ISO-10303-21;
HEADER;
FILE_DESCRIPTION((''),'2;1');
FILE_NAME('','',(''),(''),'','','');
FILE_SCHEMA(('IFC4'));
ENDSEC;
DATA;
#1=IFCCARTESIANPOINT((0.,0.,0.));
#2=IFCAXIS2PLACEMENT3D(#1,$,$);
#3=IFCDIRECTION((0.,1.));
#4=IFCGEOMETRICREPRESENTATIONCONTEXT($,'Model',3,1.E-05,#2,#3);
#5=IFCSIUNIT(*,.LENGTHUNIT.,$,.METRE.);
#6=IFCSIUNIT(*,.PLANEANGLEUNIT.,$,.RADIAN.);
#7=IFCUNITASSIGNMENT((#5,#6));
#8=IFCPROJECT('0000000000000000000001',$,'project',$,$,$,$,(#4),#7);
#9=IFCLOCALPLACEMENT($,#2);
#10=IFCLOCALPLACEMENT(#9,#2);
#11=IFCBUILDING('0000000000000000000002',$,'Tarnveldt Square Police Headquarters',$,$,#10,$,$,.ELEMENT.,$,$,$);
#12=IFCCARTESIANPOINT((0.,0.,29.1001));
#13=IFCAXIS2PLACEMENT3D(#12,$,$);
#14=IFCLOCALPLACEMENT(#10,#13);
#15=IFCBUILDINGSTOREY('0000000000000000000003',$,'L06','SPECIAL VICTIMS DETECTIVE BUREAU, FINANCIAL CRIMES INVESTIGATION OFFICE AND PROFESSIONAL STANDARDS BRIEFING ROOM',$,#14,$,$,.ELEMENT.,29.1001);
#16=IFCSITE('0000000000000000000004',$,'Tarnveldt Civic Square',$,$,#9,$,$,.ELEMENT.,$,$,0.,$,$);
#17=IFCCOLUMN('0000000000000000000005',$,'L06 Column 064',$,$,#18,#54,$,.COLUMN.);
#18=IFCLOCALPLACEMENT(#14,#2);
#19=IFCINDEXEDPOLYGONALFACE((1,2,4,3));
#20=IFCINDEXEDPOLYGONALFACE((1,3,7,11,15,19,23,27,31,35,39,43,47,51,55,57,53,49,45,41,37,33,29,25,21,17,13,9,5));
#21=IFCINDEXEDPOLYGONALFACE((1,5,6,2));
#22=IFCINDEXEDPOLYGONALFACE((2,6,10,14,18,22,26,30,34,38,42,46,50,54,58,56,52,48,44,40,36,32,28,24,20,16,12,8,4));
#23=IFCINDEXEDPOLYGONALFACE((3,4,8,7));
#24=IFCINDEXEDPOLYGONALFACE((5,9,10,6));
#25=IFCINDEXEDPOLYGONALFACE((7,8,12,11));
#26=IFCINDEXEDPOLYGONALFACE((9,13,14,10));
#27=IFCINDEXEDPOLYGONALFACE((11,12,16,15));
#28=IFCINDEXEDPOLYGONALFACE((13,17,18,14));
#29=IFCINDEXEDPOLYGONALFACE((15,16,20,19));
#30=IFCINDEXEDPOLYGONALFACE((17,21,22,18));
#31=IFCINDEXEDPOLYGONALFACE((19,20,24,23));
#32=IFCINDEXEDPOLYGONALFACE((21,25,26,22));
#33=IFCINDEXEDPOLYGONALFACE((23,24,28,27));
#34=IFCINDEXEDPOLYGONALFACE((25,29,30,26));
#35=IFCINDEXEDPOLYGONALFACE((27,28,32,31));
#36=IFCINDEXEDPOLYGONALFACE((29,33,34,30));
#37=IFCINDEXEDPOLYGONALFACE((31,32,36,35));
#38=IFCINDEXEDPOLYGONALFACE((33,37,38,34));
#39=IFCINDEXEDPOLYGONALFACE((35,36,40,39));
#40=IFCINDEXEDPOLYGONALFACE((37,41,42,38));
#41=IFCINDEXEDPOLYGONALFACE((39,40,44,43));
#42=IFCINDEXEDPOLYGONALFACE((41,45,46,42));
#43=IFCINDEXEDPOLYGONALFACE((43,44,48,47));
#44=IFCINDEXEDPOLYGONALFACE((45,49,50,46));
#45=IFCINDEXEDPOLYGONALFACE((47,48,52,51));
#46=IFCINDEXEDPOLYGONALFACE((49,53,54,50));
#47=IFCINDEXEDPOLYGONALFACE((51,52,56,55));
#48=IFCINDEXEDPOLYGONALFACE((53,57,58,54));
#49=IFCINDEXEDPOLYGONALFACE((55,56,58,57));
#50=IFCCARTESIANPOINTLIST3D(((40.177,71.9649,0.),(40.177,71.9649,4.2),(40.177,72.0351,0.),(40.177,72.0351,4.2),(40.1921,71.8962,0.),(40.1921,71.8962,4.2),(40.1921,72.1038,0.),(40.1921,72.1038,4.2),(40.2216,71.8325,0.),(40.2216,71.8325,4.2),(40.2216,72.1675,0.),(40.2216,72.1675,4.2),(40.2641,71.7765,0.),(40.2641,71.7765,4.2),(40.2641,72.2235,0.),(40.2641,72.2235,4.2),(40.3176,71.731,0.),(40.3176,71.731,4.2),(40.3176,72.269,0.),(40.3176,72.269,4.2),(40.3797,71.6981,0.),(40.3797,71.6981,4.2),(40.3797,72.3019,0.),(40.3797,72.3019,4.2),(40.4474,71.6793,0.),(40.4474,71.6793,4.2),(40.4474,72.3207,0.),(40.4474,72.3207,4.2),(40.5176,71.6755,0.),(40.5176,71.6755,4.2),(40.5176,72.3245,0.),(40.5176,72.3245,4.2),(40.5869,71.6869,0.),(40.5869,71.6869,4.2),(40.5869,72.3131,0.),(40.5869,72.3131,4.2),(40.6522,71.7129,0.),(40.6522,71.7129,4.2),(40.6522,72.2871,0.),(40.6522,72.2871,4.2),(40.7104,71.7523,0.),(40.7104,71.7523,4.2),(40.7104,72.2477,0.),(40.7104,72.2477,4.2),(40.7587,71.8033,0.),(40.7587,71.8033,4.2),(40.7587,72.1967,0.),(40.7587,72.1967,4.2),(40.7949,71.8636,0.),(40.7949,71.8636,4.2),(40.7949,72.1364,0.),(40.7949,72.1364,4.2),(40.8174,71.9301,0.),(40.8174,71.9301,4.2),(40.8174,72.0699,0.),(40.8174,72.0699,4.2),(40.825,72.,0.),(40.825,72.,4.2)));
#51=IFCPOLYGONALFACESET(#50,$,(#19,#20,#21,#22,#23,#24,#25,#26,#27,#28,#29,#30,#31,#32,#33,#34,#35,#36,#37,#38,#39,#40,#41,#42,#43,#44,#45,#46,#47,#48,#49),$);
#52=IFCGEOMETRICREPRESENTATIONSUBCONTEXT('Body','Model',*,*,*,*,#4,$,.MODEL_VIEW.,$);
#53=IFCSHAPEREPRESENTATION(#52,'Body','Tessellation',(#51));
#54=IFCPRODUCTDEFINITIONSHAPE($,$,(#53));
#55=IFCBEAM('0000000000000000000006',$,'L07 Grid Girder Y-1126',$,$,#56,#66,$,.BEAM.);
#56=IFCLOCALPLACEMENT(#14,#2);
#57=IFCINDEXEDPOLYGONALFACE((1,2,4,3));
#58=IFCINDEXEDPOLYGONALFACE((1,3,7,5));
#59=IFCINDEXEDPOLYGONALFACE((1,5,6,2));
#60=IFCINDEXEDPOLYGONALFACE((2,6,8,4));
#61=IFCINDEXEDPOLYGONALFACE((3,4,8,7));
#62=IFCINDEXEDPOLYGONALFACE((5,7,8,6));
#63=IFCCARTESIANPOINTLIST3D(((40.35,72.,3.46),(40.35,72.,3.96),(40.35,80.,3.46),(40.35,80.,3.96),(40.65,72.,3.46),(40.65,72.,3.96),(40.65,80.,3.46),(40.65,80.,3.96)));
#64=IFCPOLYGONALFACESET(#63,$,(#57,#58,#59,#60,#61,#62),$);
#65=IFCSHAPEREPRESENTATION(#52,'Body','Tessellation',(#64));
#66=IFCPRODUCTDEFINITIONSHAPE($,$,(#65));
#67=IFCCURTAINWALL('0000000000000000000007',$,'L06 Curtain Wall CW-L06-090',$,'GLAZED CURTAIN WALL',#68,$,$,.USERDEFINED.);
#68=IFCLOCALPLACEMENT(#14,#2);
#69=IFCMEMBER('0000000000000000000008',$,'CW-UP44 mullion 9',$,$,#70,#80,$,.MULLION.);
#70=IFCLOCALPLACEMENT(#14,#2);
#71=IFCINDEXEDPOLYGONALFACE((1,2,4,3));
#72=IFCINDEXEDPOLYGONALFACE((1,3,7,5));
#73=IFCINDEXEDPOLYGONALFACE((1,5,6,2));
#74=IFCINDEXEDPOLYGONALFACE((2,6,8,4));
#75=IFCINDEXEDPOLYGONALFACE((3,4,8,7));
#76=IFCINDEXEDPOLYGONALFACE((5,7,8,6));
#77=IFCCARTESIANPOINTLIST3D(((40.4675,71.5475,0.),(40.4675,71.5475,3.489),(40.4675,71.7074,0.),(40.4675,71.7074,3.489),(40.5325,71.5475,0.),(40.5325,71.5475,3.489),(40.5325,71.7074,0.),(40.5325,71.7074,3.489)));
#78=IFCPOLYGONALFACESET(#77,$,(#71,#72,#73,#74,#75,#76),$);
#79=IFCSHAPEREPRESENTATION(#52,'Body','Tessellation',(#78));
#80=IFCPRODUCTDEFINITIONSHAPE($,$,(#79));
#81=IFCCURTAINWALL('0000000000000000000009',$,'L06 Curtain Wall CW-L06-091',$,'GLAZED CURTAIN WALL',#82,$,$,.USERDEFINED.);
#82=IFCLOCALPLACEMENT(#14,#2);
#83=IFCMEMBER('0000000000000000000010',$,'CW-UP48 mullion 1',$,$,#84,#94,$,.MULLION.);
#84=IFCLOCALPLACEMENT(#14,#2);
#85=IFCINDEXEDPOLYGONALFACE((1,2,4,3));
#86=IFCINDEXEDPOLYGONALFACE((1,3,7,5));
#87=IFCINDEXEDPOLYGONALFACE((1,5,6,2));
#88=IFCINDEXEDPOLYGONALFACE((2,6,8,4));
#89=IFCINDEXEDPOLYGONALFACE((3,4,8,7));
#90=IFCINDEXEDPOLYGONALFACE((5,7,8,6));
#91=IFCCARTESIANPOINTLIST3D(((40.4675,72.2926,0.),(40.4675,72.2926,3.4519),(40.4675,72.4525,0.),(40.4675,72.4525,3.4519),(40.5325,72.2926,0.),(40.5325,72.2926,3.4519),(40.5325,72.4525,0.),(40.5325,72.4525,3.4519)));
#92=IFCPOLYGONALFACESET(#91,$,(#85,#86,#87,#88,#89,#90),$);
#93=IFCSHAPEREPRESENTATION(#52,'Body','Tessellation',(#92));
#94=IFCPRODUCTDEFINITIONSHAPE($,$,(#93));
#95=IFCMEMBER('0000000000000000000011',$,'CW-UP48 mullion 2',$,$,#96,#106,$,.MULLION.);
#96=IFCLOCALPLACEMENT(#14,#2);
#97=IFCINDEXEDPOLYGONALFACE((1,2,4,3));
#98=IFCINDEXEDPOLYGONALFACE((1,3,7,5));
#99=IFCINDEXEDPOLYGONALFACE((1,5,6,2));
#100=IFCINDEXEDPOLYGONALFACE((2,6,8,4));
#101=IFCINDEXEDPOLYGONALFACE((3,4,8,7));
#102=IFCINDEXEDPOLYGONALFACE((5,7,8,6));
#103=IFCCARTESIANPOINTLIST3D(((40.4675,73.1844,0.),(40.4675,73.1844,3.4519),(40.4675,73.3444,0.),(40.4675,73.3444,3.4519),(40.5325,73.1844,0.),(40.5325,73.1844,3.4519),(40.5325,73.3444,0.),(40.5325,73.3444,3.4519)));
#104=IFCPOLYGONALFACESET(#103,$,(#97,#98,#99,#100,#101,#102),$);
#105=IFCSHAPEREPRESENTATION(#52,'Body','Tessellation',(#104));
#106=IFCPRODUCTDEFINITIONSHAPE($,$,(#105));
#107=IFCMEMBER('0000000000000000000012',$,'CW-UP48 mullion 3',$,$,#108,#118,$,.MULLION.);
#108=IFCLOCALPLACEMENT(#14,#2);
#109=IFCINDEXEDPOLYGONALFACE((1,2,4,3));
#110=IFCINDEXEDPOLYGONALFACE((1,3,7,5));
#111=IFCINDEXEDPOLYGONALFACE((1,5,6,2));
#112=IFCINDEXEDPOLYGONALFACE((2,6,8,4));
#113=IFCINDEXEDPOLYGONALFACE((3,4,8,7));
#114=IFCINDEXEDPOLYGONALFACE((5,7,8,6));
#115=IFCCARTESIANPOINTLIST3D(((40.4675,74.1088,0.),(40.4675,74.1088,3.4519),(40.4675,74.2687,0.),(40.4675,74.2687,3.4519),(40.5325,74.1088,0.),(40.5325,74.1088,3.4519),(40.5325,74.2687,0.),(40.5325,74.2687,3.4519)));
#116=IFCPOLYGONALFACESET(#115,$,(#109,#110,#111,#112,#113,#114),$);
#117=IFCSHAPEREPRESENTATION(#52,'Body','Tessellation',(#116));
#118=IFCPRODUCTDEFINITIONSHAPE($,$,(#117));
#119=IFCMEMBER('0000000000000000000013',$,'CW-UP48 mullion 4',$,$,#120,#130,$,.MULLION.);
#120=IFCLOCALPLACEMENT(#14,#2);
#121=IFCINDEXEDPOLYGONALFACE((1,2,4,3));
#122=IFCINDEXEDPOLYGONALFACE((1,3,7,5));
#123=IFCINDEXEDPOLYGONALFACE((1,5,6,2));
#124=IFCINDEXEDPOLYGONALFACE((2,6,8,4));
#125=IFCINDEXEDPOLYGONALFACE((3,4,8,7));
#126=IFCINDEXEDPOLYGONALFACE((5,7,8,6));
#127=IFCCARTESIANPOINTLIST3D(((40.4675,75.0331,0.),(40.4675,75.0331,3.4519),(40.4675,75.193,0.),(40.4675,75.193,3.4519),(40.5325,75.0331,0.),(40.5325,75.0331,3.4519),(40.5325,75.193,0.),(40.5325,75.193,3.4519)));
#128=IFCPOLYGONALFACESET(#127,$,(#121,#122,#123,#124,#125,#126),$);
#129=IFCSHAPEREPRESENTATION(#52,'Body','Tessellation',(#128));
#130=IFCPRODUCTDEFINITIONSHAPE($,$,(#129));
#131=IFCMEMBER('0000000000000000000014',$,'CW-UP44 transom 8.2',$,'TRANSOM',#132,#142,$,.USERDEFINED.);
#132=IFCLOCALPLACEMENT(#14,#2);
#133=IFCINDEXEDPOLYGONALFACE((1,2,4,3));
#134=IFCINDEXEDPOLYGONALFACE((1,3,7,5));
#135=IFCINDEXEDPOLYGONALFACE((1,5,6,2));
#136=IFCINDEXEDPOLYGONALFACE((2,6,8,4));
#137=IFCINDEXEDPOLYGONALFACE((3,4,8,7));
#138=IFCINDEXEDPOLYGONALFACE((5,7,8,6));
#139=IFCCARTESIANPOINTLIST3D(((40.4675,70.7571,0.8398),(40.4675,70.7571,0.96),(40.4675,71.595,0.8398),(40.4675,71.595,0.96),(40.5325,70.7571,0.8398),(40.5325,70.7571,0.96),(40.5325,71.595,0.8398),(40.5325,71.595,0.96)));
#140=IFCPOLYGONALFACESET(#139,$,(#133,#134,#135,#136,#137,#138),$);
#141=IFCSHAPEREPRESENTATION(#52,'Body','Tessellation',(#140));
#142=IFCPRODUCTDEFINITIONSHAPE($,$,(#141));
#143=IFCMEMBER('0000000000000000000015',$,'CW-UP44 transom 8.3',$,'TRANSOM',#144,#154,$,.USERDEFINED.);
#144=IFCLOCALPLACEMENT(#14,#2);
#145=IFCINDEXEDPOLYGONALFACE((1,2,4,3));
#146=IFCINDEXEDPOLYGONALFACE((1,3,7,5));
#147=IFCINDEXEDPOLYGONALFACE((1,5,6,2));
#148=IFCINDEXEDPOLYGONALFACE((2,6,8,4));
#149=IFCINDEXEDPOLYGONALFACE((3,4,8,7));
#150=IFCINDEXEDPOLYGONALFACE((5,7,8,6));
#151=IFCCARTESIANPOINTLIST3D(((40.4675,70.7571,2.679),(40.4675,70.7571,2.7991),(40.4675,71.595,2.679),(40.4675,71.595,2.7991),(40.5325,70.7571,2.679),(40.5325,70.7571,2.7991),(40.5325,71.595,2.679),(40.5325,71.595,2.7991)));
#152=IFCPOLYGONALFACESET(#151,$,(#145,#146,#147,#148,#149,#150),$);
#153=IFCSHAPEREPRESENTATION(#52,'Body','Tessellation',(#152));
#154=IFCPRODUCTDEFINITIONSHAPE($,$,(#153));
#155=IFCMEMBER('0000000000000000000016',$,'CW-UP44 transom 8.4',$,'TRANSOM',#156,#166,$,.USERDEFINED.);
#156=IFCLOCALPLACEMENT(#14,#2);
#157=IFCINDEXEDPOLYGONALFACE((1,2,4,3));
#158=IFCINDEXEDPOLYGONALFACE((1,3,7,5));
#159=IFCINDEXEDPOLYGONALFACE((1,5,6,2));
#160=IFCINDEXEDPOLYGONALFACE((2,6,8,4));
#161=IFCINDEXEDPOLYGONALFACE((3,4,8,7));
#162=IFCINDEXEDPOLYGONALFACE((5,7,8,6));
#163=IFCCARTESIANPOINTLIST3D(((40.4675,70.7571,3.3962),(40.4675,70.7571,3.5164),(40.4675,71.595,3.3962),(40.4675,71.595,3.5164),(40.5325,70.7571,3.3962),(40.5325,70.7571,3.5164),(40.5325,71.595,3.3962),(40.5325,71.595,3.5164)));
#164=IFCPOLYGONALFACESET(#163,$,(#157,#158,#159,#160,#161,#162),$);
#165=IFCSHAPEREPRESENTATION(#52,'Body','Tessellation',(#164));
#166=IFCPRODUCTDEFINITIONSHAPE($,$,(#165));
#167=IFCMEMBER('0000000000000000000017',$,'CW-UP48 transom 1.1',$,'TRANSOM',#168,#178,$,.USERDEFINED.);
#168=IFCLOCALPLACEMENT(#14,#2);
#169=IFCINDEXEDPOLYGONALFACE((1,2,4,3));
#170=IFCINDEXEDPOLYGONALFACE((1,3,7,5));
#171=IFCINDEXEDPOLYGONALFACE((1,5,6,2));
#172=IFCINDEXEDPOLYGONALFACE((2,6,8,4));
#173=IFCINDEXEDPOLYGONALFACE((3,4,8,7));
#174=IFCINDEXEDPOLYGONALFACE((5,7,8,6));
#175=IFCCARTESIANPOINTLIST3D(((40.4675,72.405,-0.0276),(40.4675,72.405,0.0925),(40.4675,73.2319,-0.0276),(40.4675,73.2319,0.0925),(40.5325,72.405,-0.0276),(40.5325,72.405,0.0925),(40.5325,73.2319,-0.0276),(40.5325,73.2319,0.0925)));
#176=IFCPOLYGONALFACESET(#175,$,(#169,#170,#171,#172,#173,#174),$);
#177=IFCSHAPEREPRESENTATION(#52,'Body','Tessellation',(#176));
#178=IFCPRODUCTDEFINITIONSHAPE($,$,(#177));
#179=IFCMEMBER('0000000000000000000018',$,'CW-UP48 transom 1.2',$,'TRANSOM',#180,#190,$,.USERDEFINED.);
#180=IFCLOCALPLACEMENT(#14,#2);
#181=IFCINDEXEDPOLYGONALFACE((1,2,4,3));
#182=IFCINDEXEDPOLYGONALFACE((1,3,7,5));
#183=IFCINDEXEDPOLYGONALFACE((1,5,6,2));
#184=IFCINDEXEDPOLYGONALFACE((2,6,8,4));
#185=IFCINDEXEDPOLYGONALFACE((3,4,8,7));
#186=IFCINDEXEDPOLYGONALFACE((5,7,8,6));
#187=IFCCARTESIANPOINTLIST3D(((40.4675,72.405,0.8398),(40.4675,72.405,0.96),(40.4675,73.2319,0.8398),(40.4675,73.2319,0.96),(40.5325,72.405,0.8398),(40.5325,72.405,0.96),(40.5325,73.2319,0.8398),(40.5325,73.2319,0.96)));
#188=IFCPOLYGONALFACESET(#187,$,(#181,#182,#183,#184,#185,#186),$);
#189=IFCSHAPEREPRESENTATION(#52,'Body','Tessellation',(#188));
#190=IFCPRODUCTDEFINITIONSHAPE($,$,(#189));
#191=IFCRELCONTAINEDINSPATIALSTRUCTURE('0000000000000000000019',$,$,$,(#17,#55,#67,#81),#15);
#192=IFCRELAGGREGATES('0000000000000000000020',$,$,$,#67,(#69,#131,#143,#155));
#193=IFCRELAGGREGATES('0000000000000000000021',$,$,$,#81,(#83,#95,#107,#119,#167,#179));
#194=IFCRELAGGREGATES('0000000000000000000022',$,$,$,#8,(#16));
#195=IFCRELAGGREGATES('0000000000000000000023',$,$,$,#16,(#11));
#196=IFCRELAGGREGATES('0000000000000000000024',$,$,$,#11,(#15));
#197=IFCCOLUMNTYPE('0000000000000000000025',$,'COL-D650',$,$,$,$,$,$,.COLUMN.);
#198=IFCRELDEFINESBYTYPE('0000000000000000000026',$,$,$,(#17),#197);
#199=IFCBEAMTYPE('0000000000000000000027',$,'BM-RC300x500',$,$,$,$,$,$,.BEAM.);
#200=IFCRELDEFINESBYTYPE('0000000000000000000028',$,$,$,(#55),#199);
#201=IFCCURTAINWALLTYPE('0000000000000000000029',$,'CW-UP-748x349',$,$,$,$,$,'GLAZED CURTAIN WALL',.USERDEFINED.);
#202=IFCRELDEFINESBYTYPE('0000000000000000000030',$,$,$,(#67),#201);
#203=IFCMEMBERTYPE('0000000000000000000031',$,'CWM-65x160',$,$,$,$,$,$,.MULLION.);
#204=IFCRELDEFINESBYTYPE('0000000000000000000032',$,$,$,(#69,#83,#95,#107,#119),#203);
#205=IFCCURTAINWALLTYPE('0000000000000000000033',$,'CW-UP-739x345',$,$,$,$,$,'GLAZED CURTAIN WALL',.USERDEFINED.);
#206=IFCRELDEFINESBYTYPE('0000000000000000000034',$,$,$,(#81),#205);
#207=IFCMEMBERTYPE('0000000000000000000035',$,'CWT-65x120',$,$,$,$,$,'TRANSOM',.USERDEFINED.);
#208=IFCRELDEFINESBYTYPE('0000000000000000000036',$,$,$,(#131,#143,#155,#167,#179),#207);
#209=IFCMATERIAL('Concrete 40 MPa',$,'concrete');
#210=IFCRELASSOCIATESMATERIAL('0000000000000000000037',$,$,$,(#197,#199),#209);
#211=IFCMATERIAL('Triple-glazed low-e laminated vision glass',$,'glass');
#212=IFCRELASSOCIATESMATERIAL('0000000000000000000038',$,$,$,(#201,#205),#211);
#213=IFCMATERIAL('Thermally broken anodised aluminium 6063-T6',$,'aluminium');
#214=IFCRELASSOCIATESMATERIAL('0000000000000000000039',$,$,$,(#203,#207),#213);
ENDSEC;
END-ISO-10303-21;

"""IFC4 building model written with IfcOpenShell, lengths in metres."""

from ifc_helpers import new_model, si_unit, direction, frame, origin, origin_2d, place, context, subcontext, project, spatial, rectangle, circle, extrude, material, material_profile, profile_set, type_object, element, aggregate, save


model = new_model("IFC4")

# Units and contexts
model_context = context("Model", 3, precision=1e-05, world=origin(), true_north=direction((0.0, 1.0)))
body_context = subcontext(model_context, "Body", "Model", "MODEL_VIEW")
ifc_project = project(units=[si_unit("LENGTHUNIT", "METRE"), si_unit("PLANEANGLEUNIT", "RADIAN")], contexts=[model_context])

# Site, building, storey
site_placement = place(None, origin())
site = spatial("IfcSite", under=ifc_project, at=site_placement, Name="Tarnveldt Civic Square", CompositionType="ELEMENT", RefElevation=0.0)
building_placement = place(site_placement, origin())
building = spatial("IfcBuilding", under=site, at=building_placement, Name="Tarnveldt Square Police Headquarters", CompositionType="ELEMENT")
storey_placement = place(building_placement, frame((0.0, 0.0, 29.1001)))
storey = spatial("IfcBuildingStorey", under=building, at=storey_placement, Name="L06", Description="SPECIAL VICTIMS DETECTIVE BUREAU, FINANCIAL CRIMES INVESTIGATION OFFICE AND PROFESSIONAL STANDARDS BRIEFING ROOM", CompositionType="ELEMENT", Elevation=29.1001)

# Column
ifc_material_1 = material(Name="Concrete 40 MPa", Category="concrete")
ifc_material_profile_1 = material_profile(ifc_material_1, circle(Radius=0.325, at=origin_2d()), Name="RC-D650")
ifc_profile_set_1 = profile_set([ifc_material_profile_1], Name="Concrete 40 MPa")
column_type = type_object("IfcColumnType", Name="COL-D650", PredefinedType="COLUMN", material=ifc_profile_set_1)
column_placement = place(storey_placement, frame((40.5, 72.0, 0.0), z_axis=(0.0, 0.0, 1.0), x_axis=(1.0, 0.0, 0.0)))
element("IfcColumn", 1, at=column_placement, inside=storey, type_object=column_type, Name="L06 Column 064", PredefinedType="COLUMN", context=body_context, shape_type="SweptSolid", body=[
    extrude(circle(Radius=0.325, at=origin_2d()), origin(), (0.0, 0.0, 1.0), 4.2),
])

# Beam
ifc_material_profile_2 = material_profile(ifc_material_1, rectangle(XDim=0.3, YDim=0.5, at=origin_2d()), Name="RC-B300x500")
ifc_profile_set_2 = profile_set([ifc_material_profile_2], Name="Concrete 40 MPa")
beam_type = type_object("IfcBeamType", Name="BM-RC300x500", PredefinedType="BEAM", material=ifc_profile_set_2)
beam_placement = place(storey_placement, frame((40.5, 72.0, 3.71), z_axis=(0.0, 1.0, 0.0), x_axis=(-1.0, 0.0, 0.0)))
element("IfcBeam", 2, at=beam_placement, inside=storey, type_object=beam_type, Name="L07 Grid Girder Y-1126", PredefinedType="BEAM", context=body_context, shape_type="SweptSolid", body=[
    extrude(rectangle(XDim=0.3, YDim=0.5, at=origin_2d()), origin(), (0.0, 0.0, 1.0), 8.0),
])

# Curtain wall, member
ifc_material_2 = material(Name="Triple-glazed low-e laminated vision glass", Category="glass")
curtain_wall_type_1 = type_object("IfcCurtainWallType", Name="CW-UP-748x349", ElementType="GLAZED CURTAIN WALL", PredefinedType="USERDEFINED", material=ifc_material_2)
curtain_wall_1_placement = place(storey_placement, origin())
curtain_wall_1 = element("IfcCurtainWall", 3, at=curtain_wall_1_placement, inside=storey, type_object=curtain_wall_type_1, Name="L06 Curtain Wall CW-L06-090", ObjectType="GLAZED CURTAIN WALL", PredefinedType="USERDEFINED")
ifc_material_3 = material(Name="Thermally broken anodised aluminium 6063-T6", Category="aluminium")
ifc_material_profile_3 = material_profile(ifc_material_3, rectangle(XDim=0.0649, YDim=0.1599, at=origin_2d()), Name="CW-M65x160")
ifc_profile_set_3 = profile_set([ifc_material_profile_3], Name="Thermally broken anodised aluminium 6063-T6")
member_type_1 = type_object("IfcMemberType", Name="CWM-65x160", PredefinedType="MULLION", material=ifc_profile_set_3)
member_1_placement = place(storey_placement, frame((40.5, 71.6274, 0.0), z_axis=(0.0, 0.0, 1.0), x_axis=(-1.0, 0.0, 0.0)))
member_1 = element("IfcMember", 4, at=member_1_placement, type_object=member_type_1, Name="CW-UP44 mullion 9", PredefinedType="MULLION", context=body_context, shape_type="SweptSolid", body=[
    extrude(rectangle(XDim=0.0649, YDim=0.1599, at=origin_2d()), origin(), (0.0, 0.0, 1.0), 3.489),
])

# Curtain wall, members
curtain_wall_type_2 = type_object("IfcCurtainWallType", Name="CW-UP-739x345", ElementType="GLAZED CURTAIN WALL", PredefinedType="USERDEFINED", material=ifc_material_2)
curtain_wall_2_placement = place(storey_placement, origin())
curtain_wall_2 = element("IfcCurtainWall", 5, at=curtain_wall_2_placement, inside=storey, type_object=curtain_wall_type_2, Name="L06 Curtain Wall CW-L06-091", ObjectType="GLAZED CURTAIN WALL", PredefinedType="USERDEFINED")
member_2_placement = place(storey_placement, frame((40.5, 72.3726, 0.0), z_axis=(0.0, 0.0, 1.0), x_axis=(-1.0, 0.0, 0.0)))
member_2 = element("IfcMember", 6, at=member_2_placement, type_object=member_type_1, Name="CW-UP48 mullion 1", PredefinedType="MULLION", context=body_context, shape_type="SweptSolid", body=[
    extrude(rectangle(XDim=0.0649, YDim=0.1599, at=origin_2d()), origin(), (0.0, 0.0, 1.0), 3.4519),
])
member_3_placement = place(storey_placement, frame((40.5, 73.2644, 0.0), z_axis=(0.0, 0.0, 1.0), x_axis=(-1.0, 0.0, 0.0)))
member_3 = element("IfcMember", 7, at=member_3_placement, type_object=member_type_1, Name="CW-UP48 mullion 2", PredefinedType="MULLION", context=body_context, shape_type="SweptSolid", body=[
    extrude(rectangle(XDim=0.0649, YDim=0.1599, at=origin_2d()), origin(), (0.0, 0.0, 1.0), 3.4519),
])
member_4_placement = place(storey_placement, frame((40.5, 74.1887, 0.0), z_axis=(0.0, 0.0, 1.0), x_axis=(-1.0, 0.0, 0.0)))
member_4 = element("IfcMember", 8, at=member_4_placement, type_object=member_type_1, Name="CW-UP48 mullion 3", PredefinedType="MULLION", context=body_context, shape_type="SweptSolid", body=[
    extrude(rectangle(XDim=0.0649, YDim=0.1599, at=origin_2d()), origin(), (0.0, 0.0, 1.0), 3.4519),
])
member_5_placement = place(storey_placement, frame((40.5, 75.113, 0.0), z_axis=(0.0, 0.0, 1.0), x_axis=(-1.0, 0.0, 0.0)))
member_5 = element("IfcMember", 9, at=member_5_placement, type_object=member_type_1, Name="CW-UP48 mullion 4", PredefinedType="MULLION", context=body_context, shape_type="SweptSolid", body=[
    extrude(rectangle(XDim=0.0649, YDim=0.1599, at=origin_2d()), origin(), (0.0, 0.0, 1.0), 3.4519),
])

# Members
ifc_material_profile_4 = material_profile(ifc_material_3, rectangle(XDim=0.0649, YDim=0.1201, at=origin_2d()), Name="CW-T65x120")
ifc_profile_set_4 = profile_set([ifc_material_profile_4], Name="Thermally broken anodised aluminium 6063-T6")
member_type_2 = type_object("IfcMemberType", Name="CWT-65x120", ElementType="TRANSOM", PredefinedType="USERDEFINED", material=ifc_profile_set_4)
member_6_placement = place(storey_placement, frame((40.5, 70.7571, 0.8999), z_axis=(0.0, 1.0, 0.0), x_axis=(-1.0, 0.0, 0.0)))
member_6 = element("IfcMember", 10, at=member_6_placement, type_object=member_type_2, Name="CW-UP44 transom 8.2", ObjectType="TRANSOM", PredefinedType="USERDEFINED", context=body_context, shape_type="SweptSolid", body=[
    extrude(rectangle(XDim=0.0649, YDim=0.1201, at=origin_2d()), origin(), (0.0, 0.0, 1.0), 0.8379),
])
member_7_placement = place(storey_placement, frame((40.5, 70.7571, 2.739), z_axis=(0.0, 1.0, 0.0), x_axis=(-1.0, 0.0, 0.0)))
member_7 = element("IfcMember", 11, at=member_7_placement, type_object=member_type_2, Name="CW-UP44 transom 8.3", ObjectType="TRANSOM", PredefinedType="USERDEFINED", context=body_context, shape_type="SweptSolid", body=[
    extrude(rectangle(XDim=0.0649, YDim=0.1201, at=origin_2d()), origin(), (0.0, 0.0, 1.0), 0.8379),
])
member_8_placement = place(storey_placement, frame((40.5, 70.7571, 3.4563), z_axis=(0.0, 1.0, 0.0), x_axis=(-1.0, 0.0, 0.0)))
member_8 = element("IfcMember", 12, at=member_8_placement, type_object=member_type_2, Name="CW-UP44 transom 8.4", ObjectType="TRANSOM", PredefinedType="USERDEFINED", context=body_context, shape_type="SweptSolid", body=[
    extrude(rectangle(XDim=0.0649, YDim=0.1201, at=origin_2d()), origin(), (0.0, 0.0, 1.0), 0.8379),
])
member_9_placement = place(storey_placement, frame((40.5, 72.405, 0.0325), z_axis=(0.0, 1.0, 0.0), x_axis=(-1.0, 0.0, 0.0)))
member_9 = element("IfcMember", 13, at=member_9_placement, type_object=member_type_2, Name="CW-UP48 transom 1.1", ObjectType="TRANSOM", PredefinedType="USERDEFINED", context=body_context, shape_type="SweptSolid", body=[
    extrude(rectangle(XDim=0.0649, YDim=0.1201, at=origin_2d()), origin(), (0.0, 0.0, 1.0), 0.8269),
])
member_10_placement = place(storey_placement, frame((40.5, 72.405, 0.8999), z_axis=(0.0, 1.0, 0.0), x_axis=(-1.0, 0.0, 0.0)))
member_10 = element("IfcMember", 14, at=member_10_placement, type_object=member_type_2, Name="CW-UP48 transom 1.2", ObjectType="TRANSOM", PredefinedType="USERDEFINED", context=body_context, shape_type="SweptSolid", body=[
    extrude(rectangle(XDim=0.0649, YDim=0.1201, at=origin_2d()), origin(), (0.0, 0.0, 1.0), 0.8269),
])

aggregate(curtain_wall_1, [member_1, member_6, member_7, member_8])
aggregate(curtain_wall_2, [member_2, member_3, member_4, member_5, member_9, member_10])

save(model, "model.ifc")
